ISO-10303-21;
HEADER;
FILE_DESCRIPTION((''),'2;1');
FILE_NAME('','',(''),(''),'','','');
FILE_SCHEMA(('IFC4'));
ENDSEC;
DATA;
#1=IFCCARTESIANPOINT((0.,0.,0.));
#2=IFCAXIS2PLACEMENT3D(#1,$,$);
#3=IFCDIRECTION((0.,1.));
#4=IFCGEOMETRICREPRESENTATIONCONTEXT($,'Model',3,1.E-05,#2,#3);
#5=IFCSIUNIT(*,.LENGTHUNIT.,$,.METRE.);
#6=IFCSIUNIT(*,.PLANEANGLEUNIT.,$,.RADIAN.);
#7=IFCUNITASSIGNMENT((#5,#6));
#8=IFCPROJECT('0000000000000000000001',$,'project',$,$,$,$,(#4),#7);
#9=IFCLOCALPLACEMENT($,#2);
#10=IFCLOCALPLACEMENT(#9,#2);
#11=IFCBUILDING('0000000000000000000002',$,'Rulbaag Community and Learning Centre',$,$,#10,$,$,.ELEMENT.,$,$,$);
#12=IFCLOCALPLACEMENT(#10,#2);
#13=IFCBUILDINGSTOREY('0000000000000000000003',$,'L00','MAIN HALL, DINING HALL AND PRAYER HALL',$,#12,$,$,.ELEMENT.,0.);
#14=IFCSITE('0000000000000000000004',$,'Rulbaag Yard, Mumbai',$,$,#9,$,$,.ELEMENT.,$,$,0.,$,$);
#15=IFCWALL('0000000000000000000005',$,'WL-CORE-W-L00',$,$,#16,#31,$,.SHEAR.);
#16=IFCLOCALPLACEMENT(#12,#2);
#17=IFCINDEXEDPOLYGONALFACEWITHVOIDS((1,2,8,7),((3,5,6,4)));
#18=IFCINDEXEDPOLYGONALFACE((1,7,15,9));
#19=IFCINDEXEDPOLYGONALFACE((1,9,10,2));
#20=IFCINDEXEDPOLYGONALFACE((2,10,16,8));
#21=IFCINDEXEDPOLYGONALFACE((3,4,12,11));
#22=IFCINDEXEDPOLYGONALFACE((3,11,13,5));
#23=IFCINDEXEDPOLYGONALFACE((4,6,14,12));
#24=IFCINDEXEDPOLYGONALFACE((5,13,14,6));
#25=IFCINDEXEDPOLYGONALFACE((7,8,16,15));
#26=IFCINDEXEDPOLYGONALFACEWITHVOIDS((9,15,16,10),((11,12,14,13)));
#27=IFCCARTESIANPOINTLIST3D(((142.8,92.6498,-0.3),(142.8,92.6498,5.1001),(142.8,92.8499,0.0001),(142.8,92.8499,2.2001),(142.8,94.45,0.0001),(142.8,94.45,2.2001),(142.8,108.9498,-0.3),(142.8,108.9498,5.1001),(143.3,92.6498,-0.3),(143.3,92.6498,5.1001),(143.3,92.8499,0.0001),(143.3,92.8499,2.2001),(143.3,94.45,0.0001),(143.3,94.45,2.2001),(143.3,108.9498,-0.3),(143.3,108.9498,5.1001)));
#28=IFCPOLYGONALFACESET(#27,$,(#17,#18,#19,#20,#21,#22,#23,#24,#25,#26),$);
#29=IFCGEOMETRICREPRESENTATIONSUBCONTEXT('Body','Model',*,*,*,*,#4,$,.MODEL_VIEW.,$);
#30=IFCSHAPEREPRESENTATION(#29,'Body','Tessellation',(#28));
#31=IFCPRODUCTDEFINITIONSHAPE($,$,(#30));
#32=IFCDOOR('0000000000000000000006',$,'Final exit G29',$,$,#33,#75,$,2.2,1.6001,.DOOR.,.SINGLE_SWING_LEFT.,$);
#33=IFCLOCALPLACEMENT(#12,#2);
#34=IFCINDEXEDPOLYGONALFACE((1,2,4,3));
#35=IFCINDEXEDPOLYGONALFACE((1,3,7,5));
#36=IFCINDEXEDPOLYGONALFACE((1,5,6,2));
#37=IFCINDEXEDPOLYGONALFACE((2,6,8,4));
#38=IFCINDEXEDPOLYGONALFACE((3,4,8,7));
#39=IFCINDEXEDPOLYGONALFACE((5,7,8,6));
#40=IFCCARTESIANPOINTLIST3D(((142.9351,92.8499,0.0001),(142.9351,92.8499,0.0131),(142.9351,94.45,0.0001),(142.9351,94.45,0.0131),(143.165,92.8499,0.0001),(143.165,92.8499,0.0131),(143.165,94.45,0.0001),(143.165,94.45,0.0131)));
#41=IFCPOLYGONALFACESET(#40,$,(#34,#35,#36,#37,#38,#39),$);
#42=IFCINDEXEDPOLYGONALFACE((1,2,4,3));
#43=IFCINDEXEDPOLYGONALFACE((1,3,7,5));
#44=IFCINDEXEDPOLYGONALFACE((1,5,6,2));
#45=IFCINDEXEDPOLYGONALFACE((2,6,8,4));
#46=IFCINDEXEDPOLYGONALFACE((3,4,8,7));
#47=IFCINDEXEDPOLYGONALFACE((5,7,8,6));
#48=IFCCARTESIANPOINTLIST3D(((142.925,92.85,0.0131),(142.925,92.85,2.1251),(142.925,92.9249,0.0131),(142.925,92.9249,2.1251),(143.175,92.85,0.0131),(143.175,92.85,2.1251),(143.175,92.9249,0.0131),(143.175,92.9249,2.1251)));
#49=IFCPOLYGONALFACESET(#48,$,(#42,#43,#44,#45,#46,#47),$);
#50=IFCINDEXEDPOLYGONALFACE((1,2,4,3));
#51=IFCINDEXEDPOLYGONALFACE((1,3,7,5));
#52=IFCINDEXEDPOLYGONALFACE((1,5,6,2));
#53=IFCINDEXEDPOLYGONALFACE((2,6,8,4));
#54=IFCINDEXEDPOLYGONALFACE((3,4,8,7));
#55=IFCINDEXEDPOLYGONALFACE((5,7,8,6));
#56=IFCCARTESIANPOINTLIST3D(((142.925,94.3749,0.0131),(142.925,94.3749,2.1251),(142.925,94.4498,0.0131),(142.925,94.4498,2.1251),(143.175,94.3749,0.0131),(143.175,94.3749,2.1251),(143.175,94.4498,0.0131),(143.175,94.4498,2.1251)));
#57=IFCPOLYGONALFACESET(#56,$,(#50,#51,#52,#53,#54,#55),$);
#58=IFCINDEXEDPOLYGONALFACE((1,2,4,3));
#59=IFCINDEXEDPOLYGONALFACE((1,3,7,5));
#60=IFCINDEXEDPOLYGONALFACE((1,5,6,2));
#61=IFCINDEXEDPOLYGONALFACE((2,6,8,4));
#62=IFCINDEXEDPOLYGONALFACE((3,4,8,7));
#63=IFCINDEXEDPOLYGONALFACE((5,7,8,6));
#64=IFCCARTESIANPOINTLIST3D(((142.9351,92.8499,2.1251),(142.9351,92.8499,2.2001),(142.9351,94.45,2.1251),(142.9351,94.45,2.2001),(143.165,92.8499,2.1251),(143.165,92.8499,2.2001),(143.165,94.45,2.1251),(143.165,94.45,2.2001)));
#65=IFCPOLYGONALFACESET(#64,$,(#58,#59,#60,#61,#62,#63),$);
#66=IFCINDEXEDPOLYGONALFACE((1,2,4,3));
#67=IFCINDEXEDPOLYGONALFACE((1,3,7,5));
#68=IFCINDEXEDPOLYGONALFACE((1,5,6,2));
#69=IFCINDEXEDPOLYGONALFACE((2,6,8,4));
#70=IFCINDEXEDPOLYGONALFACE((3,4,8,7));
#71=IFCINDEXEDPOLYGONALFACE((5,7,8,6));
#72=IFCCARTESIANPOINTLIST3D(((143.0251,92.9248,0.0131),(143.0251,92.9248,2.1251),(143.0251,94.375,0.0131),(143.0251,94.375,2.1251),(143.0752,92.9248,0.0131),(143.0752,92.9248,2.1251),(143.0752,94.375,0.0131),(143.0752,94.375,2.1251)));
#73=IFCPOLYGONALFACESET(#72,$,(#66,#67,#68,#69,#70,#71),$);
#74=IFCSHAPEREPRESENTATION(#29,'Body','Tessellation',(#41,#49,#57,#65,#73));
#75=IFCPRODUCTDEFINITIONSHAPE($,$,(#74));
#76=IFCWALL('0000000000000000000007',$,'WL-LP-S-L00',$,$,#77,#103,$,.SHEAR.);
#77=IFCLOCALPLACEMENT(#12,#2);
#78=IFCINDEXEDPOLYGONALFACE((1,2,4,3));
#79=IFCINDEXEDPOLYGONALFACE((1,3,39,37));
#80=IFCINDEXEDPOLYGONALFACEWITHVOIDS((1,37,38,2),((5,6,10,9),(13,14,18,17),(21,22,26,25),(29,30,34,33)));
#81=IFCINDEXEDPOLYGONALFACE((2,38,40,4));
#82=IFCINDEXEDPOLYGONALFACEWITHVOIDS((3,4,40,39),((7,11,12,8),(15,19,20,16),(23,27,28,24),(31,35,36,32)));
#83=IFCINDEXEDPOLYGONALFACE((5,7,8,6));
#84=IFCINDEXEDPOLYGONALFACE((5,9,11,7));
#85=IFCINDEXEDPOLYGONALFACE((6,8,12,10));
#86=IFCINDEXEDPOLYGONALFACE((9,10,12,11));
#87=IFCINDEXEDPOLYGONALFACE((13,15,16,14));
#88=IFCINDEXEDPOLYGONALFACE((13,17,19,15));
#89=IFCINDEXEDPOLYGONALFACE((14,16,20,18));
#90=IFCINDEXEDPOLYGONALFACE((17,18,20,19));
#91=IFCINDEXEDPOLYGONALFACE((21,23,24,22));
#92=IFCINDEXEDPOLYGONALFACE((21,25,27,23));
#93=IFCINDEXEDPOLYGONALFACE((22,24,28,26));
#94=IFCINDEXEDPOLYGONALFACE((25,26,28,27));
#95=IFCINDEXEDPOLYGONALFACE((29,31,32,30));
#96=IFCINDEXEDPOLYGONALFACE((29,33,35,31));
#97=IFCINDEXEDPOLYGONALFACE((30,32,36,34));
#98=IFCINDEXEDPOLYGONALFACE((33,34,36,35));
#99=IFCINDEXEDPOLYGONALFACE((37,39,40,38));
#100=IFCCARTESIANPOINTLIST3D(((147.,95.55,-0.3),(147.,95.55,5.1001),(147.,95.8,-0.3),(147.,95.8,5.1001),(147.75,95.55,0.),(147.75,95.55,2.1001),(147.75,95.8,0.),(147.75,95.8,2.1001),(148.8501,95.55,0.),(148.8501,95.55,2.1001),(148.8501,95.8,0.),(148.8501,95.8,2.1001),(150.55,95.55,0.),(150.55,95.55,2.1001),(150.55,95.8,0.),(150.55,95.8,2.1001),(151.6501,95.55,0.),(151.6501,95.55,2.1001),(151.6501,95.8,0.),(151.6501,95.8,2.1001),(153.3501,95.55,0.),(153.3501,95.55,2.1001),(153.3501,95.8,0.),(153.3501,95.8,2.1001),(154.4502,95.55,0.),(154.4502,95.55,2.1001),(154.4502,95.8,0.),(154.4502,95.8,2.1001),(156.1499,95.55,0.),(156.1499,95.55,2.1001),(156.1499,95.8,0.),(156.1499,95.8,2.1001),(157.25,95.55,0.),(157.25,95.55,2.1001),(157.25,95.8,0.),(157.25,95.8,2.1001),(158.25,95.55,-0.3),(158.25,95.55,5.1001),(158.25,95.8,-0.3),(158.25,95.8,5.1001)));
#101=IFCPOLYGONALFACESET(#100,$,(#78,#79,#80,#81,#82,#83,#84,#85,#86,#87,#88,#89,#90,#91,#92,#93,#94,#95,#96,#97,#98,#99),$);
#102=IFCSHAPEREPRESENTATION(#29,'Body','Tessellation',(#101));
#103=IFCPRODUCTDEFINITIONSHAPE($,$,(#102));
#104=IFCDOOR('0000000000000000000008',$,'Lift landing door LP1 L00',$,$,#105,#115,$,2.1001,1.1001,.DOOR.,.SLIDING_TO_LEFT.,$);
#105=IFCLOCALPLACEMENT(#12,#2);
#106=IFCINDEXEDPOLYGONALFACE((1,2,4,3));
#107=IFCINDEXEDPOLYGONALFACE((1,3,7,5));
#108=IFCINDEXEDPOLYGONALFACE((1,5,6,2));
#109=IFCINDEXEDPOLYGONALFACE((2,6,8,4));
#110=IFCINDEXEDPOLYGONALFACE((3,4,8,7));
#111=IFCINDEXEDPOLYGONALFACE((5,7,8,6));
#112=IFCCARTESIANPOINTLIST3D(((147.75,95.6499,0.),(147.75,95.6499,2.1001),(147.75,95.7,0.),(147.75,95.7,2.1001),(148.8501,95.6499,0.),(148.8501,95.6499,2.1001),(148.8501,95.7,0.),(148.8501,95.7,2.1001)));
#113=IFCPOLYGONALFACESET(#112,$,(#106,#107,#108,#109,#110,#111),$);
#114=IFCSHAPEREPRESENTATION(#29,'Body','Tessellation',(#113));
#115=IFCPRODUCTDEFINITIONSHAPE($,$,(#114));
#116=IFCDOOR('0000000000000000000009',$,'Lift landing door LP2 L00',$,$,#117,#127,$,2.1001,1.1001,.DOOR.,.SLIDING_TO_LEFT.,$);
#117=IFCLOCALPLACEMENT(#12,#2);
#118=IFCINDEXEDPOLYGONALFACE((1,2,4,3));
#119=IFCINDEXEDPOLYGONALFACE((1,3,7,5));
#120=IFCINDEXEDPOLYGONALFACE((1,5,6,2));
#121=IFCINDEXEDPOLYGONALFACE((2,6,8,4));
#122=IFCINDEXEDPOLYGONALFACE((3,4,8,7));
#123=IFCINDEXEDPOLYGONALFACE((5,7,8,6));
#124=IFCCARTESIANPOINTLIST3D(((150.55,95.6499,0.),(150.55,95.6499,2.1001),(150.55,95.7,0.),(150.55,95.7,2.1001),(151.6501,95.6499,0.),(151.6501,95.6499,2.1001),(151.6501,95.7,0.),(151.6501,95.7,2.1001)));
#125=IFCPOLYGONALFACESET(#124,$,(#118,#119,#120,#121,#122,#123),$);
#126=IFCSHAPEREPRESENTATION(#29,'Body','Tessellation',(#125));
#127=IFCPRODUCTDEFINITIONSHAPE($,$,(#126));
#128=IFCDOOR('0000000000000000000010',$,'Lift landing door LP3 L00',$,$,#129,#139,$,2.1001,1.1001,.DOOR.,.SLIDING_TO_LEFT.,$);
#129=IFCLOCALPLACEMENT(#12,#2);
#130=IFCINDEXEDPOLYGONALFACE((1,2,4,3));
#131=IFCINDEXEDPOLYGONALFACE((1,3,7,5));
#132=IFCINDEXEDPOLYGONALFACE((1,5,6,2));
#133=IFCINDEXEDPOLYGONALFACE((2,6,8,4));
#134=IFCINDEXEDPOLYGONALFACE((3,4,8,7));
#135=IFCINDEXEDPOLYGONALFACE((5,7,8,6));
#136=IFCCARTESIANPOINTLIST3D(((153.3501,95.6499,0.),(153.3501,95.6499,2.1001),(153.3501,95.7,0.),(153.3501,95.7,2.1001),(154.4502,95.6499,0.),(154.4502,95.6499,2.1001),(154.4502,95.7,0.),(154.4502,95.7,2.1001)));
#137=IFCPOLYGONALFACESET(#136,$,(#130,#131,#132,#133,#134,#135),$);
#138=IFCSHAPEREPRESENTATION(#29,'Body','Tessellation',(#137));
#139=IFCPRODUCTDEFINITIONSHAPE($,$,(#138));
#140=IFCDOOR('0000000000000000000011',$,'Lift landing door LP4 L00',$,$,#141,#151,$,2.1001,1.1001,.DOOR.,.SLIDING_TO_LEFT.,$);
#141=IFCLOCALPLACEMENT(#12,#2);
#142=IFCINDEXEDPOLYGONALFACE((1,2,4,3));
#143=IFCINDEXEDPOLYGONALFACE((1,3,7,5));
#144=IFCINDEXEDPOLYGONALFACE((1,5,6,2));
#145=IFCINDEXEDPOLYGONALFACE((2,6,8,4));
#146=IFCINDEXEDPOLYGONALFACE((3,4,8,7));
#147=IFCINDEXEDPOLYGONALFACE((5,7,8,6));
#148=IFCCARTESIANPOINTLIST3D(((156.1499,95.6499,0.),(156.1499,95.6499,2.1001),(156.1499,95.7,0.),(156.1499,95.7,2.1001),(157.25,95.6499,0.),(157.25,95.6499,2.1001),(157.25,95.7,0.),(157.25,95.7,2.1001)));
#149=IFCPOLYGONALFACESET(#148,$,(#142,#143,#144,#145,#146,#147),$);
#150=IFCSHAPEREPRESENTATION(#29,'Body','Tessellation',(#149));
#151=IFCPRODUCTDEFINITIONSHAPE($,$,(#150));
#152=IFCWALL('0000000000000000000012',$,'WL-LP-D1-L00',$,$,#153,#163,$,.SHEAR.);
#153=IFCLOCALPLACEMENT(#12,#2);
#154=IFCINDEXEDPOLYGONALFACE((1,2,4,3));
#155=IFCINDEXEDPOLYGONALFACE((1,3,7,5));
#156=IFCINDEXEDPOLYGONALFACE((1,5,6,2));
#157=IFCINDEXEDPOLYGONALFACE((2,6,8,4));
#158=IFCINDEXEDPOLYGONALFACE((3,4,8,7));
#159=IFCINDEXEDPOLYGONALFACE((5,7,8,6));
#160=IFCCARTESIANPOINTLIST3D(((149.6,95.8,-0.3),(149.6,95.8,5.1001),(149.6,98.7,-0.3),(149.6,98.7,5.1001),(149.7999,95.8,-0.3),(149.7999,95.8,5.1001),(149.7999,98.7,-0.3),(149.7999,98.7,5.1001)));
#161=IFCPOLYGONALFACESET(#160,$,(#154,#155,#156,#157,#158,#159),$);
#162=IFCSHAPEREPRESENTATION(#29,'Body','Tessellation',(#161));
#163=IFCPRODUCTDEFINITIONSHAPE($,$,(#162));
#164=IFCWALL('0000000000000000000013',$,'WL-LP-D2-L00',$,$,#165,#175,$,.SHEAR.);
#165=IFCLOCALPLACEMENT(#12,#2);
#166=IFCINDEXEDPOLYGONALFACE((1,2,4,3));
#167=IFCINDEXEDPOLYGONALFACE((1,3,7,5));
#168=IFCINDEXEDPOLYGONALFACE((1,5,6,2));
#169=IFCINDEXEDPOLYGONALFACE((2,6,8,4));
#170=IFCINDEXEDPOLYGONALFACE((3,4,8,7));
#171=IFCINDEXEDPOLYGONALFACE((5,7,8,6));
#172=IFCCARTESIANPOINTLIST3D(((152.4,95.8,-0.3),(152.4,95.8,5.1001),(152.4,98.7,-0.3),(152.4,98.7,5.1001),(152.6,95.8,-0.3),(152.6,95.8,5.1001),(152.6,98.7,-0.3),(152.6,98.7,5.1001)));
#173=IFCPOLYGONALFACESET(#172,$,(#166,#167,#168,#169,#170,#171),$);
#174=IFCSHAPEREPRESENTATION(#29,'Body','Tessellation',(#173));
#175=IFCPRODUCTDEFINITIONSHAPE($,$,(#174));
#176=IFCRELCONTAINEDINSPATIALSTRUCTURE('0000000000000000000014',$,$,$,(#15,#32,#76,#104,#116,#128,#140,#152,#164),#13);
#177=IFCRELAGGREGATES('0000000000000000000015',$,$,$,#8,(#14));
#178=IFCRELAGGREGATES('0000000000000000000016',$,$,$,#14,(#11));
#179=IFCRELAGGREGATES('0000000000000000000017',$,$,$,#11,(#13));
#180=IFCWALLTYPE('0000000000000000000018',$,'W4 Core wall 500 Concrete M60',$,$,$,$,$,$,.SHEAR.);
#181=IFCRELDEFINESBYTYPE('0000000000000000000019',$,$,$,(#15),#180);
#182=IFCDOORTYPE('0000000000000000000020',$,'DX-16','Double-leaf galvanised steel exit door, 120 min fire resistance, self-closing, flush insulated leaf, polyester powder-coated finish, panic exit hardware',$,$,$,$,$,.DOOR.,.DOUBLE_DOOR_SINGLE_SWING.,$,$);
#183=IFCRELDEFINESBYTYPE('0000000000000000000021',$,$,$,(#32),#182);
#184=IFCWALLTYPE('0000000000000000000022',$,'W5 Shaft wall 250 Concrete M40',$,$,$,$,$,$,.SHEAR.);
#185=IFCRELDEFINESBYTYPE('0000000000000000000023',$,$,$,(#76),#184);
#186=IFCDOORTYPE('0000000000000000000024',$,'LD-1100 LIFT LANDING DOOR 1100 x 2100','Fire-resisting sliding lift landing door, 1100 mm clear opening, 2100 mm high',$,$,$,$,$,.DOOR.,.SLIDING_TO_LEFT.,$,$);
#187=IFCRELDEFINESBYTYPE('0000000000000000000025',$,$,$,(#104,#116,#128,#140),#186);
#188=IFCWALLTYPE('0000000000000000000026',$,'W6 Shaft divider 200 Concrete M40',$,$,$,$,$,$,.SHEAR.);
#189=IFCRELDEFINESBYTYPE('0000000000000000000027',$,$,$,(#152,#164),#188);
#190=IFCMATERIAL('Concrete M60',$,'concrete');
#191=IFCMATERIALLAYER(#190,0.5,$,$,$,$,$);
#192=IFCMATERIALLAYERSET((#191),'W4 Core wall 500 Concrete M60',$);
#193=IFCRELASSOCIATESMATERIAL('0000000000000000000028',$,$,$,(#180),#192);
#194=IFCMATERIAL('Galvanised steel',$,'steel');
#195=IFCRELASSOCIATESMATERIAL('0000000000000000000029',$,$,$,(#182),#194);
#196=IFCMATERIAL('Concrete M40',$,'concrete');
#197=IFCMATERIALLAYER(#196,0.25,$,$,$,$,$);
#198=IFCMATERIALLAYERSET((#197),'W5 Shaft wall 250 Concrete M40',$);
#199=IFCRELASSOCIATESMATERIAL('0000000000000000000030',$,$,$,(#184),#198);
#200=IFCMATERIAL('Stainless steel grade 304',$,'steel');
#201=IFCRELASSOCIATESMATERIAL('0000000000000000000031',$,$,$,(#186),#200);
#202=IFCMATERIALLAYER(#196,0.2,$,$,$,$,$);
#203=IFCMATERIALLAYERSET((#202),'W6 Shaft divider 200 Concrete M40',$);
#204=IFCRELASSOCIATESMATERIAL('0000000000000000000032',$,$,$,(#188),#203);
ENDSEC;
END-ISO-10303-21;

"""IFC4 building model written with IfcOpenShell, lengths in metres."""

from ifc_helpers import new_model, si_unit, direction, frame, frame_2d, origin, place, context, subcontext, project, spatial, rectangle, extrude, material, layer, layer_set, type_object, element, fill, save


model = new_model("IFC4")

# Units and contexts
model_context = context("Model", 3, precision=1e-05, world=origin(), true_north=direction((0.0, 1.0)))
body_context = subcontext(model_context, "Body", "Model", "MODEL_VIEW")
ifc_project = project(units=[si_unit("LENGTHUNIT", "METRE"), si_unit("PLANEANGLEUNIT", "RADIAN")], contexts=[model_context])

# Site, building, storey
site_placement = place(None, origin())
site = spatial("IfcSite", under=ifc_project, at=site_placement, Name="Rulbaag Yard, Mumbai", CompositionType="ELEMENT", RefElevation=0.0)
building_placement = place(site_placement, origin())
building = spatial("IfcBuilding", under=site, at=building_placement, Name="Rulbaag Community and Learning Centre", CompositionType="ELEMENT")
storey_placement = place(building_placement, origin())
storey = spatial("IfcBuildingStorey", under=building, at=storey_placement, Name="L00", Description="MAIN HALL, DINING HALL AND PRAYER HALL", CompositionType="ELEMENT", Elevation=0.0)

# Wall, opening, door
ifc_material_1 = material(Name="Concrete M60", Category="concrete")
ifc_layer_1 = layer(ifc_material_1, 0.5)
ifc_layer_set_1 = layer_set([ifc_layer_1], Name="W4 Core wall 500 Concrete M60")
wall_type_1 = type_object("IfcWallType", Name="W4 Core wall 500 Concrete M60", PredefinedType="SHEAR", material=ifc_layer_set_1)
wall_1_placement = place(storey_placement, frame((143.05, 92.6499, -0.3), z_axis=(0.0, 0.0, 1.0), x_axis=(0.0, 1.0, 0.0)))
wall_1 = element("IfcWall", 1, at=wall_1_placement, inside=storey, type_object=wall_type_1, Name="WL-CORE-W-L00", PredefinedType="SHEAR", context=body_context, shape_type="SweptSolid", body=[
    extrude(rectangle(XDim=16.3, YDim=0.5, at=frame_2d((8.1499, 0.0))), origin(), (0.0, 0.0, 1.0), 5.4001),
])
opening_1_placement = place(wall_1_placement, frame((0.2, 0.0, 0.3)))
opening_1 = element("IfcOpeningElement", 2, at=opening_1_placement, cuts=wall_1, PredefinedType="OPENING", context=body_context, shape_type="SweptSolid", body=[
    extrude(rectangle(XDim=1.6001, YDim=2.2, at=frame_2d((0.8, 1.1001))), frame((0.0, 0.26, 0.0), z_axis=(0.0, -1.0, 0.0), x_axis=(1.0, 0.0, 0.0)), (0.0, 0.0, 1.0), 0.52),
])
ifc_material_2 = material(Name="Galvanised steel", Category="steel")
door_type_1 = type_object("IfcDoorType", Name="DX-16", Description="Double-leaf galvanised steel exit door, 120 min fire resistance, self-closing, flush insulated leaf, polyester powder-coated finish, panic exit hardware", OperationType="DOUBLE_DOOR_SINGLE_SWING", PredefinedType="DOOR", material=ifc_material_2)
door_1_placement = place(opening_1_placement, origin())
door_1 = element("IfcDoor", 3, at=door_1_placement, inside=storey, type_object=door_type_1, Name="Final exit G29", OperationType="SINGLE_SWING_LEFT", OverallHeight=2.2, OverallWidth=1.6001, PredefinedType="DOOR", context=body_context, shape_type="SweptSolid", body=[
    extrude(rectangle(XDim=1.6001, YDim=0.0129, at=frame_2d((0.8, 0.0066))), frame((0.0, 0.115, 0.0), z_axis=(0.0, -1.0, 0.0), x_axis=(1.0, 0.0, 0.0)), (0.0, 0.0, 1.0), 0.23),
    extrude(rectangle(XDim=0.075, YDim=2.1121, at=frame_2d((0.0376, 1.0691))), frame((0.0, 0.125, 0.0), z_axis=(0.0, -1.0, 0.0), x_axis=(1.0, 0.0, 0.0)), (0.0, 0.0, 1.0), 0.25),
    extrude(rectangle(XDim=0.075, YDim=2.1121, at=frame_2d((1.5625, 1.0691))), frame((0.0, 0.125, 0.0), z_axis=(0.0, -1.0, 0.0), x_axis=(1.0, 0.0, 0.0)), (0.0, 0.0, 1.0), 0.25),
    extrude(rectangle(XDim=1.6001, YDim=0.075, at=frame_2d((0.8, 2.1626))), frame((0.0, 0.115, 0.0), z_axis=(0.0, -1.0, 0.0), x_axis=(1.0, 0.0, 0.0)), (0.0, 0.0, 1.0), 0.23),
    extrude(rectangle(XDim=1.4502, YDim=2.1121, at=frame_2d((0.8, 1.0691))), frame((0.0, 0.0249, 0.0), z_axis=(0.0, -1.0, 0.0), x_axis=(1.0, 0.0, 0.0)), (0.0, 0.0, 1.0), 0.05),
])
fill(opening_1, door_1)

# Wall, openings, doors
ifc_material_3 = material(Name="Concrete M40", Category="concrete")
ifc_layer_2 = layer(ifc_material_3, 0.25)
ifc_layer_set_2 = layer_set([ifc_layer_2], Name="W5 Shaft wall 250 Concrete M40")
wall_type_2 = type_object("IfcWallType", Name="W5 Shaft wall 250 Concrete M40", PredefinedType="SHEAR", material=ifc_layer_set_2)
wall_2_placement = place(storey_placement, frame((147.0, 95.675, -0.3), z_axis=(0.0, 0.0, 1.0), x_axis=(1.0, 0.0, 0.0)))
wall_2 = element("IfcWall", 4, at=wall_2_placement, inside=storey, type_object=wall_type_2, Name="WL-LP-S-L00", PredefinedType="SHEAR", context=body_context, shape_type="SweptSolid", body=[
    extrude(rectangle(XDim=11.25, YDim=0.25, at=frame_2d((5.625, 0.0))), origin(), (0.0, 0.0, 1.0), 5.4001),
])
opening_2_placement = place(wall_2_placement, frame((0.75, 0.0, 0.3)))
opening_2 = element("IfcOpeningElement", 5, at=opening_2_placement, cuts=wall_2, PredefinedType="OPENING", context=body_context, shape_type="SweptSolid", body=[
    extrude(rectangle(XDim=1.1001, YDim=2.1001, at=frame_2d((0.55, 1.05))), frame((0.0, 0.135, 0.0), z_axis=(0.0, -1.0, 0.0), x_axis=(1.0, 0.0, 0.0)), (0.0, 0.0, 1.0), 0.27),
])
opening_3_placement = place(wall_2_placement, frame((3.55, 0.0, 0.3)))
opening_3 = element("IfcOpeningElement", 6, at=opening_3_placement, cuts=wall_2, PredefinedType="OPENING", context=body_context, shape_type="SweptSolid", body=[
    extrude(rectangle(XDim=1.1001, YDim=2.1001, at=frame_2d((0.55, 1.05))), frame((0.0, 0.135, 0.0), z_axis=(0.0, -1.0, 0.0), x_axis=(1.0, 0.0, 0.0)), (0.0, 0.0, 1.0), 0.27),
])
opening_4_placement = place(wall_2_placement, frame((6.3501, 0.0, 0.3)))
opening_4 = element("IfcOpeningElement", 7, at=opening_4_placement, cuts=wall_2, PredefinedType="OPENING", context=body_context, shape_type="SweptSolid", body=[
    extrude(rectangle(XDim=1.1001, YDim=2.1001, at=frame_2d((0.55, 1.05))), frame((0.0, 0.135, 0.0), z_axis=(0.0, -1.0, 0.0), x_axis=(1.0, 0.0, 0.0)), (0.0, 0.0, 1.0), 0.27),
])
opening_5_placement = place(wall_2_placement, frame((9.1499, 0.0, 0.3)))
opening_5 = element("IfcOpeningElement", 8, at=opening_5_placement, cuts=wall_2, PredefinedType="OPENING", context=body_context, shape_type="SweptSolid", body=[
    extrude(rectangle(XDim=1.1001, YDim=2.1001, at=frame_2d((0.55, 1.05))), frame((0.0, 0.135, 0.0), z_axis=(0.0, -1.0, 0.0), x_axis=(1.0, 0.0, 0.0)), (0.0, 0.0, 1.0), 0.27),
])
ifc_material_4 = material(Name="Stainless steel grade 304", Category="steel")
door_type_2 = type_object("IfcDoorType", Name="LD-1100 LIFT LANDING DOOR 1100 x 2100", Description="Fire-resisting sliding lift landing door, 1100 mm clear opening, 2100 mm high", OperationType="SLIDING_TO_LEFT", PredefinedType="DOOR", material=ifc_material_4)
door_2_placement = place(opening_2_placement, origin())
door_2 = element("IfcDoor", 9, at=door_2_placement, inside=storey, type_object=door_type_2, Name="Lift landing door LP1 L00", OperationType="SLIDING_TO_LEFT", OverallHeight=2.1001, OverallWidth=1.1001, PredefinedType="DOOR", context=body_context, shape_type="SweptSolid", body=[
    extrude(rectangle(XDim=1.1001, YDim=2.1001, at=frame_2d((0.55, 1.05))), frame((0.0, 0.0249, 0.0), z_axis=(0.0, -1.0, 0.0), x_axis=(1.0, 0.0, 0.0)), (0.0, 0.0, 1.0), 0.05),
])
fill(opening_2, door_2)
door_3_placement = place(opening_3_placement, origin())
door_3 = element("IfcDoor", 10, at=door_3_placement, inside=storey, type_object=door_type_2, Name="Lift landing door LP2 L00", OperationType="SLIDING_TO_LEFT", OverallHeight=2.1001, OverallWidth=1.1001, PredefinedType="DOOR", context=body_context, shape_type="SweptSolid", body=[
    extrude(rectangle(XDim=1.1001, YDim=2.1001, at=frame_2d((0.55, 1.05))), frame((0.0, 0.0249, 0.0), z_axis=(0.0, -1.0, 0.0), x_axis=(1.0, 0.0, 0.0)), (0.0, 0.0, 1.0), 0.05),
])
fill(opening_3, door_3)
door_4_placement = place(opening_4_placement, origin())
door_4 = element("IfcDoor", 11, at=door_4_placement, inside=storey, type_object=door_type_2, Name="Lift landing door LP3 L00", OperationType="SLIDING_TO_LEFT", OverallHeight=2.1001, OverallWidth=1.1001, PredefinedType="DOOR", context=body_context, shape_type="SweptSolid", body=[
    extrude(rectangle(XDim=1.1001, YDim=2.1001, at=frame_2d((0.55, 1.05))), frame((0.0, 0.0249, 0.0), z_axis=(0.0, -1.0, 0.0), x_axis=(1.0, 0.0, 0.0)), (0.0, 0.0, 1.0), 0.05),
])
fill(opening_4, door_4)
door_5_placement = place(opening_5_placement, origin())
door_5 = element("IfcDoor", 12, at=door_5_placement, inside=storey, type_object=door_type_2, Name="Lift landing door LP4 L00", OperationType="SLIDING_TO_LEFT", OverallHeight=2.1001, OverallWidth=1.1001, PredefinedType="DOOR", context=body_context, shape_type="SweptSolid", body=[
    extrude(rectangle(XDim=1.1001, YDim=2.1001, at=frame_2d((0.55, 1.05))), frame((0.0, 0.0249, 0.0), z_axis=(0.0, -1.0, 0.0), x_axis=(1.0, 0.0, 0.0)), (0.0, 0.0, 1.0), 0.05),
])
fill(opening_5, door_5)

# Walls
ifc_layer_3 = layer(ifc_material_3, 0.2)
ifc_layer_set_3 = layer_set([ifc_layer_3], Name="W6 Shaft divider 200 Concrete M40")
wall_type_3 = type_object("IfcWallType", Name="W6 Shaft divider 200 Concrete M40", PredefinedType="SHEAR", material=ifc_layer_set_3)
for number, where, z_axis, x_axis, name in (
    (13, (149.7, 95.8, -0.3), (0.0, 0.0, 1.0), (0.0, 1.0, 0.0), "WL-LP-D1-L00"),
    (14, (152.5, 95.8, -0.3), (0.0, 0.0, 1.0), (0.0, 1.0, 0.0), "WL-LP-D2-L00"),
):
    element("IfcWall", number, at=place(storey_placement, frame(where, z_axis=z_axis, x_axis=x_axis)), inside=storey, type_object=wall_type_3, Name=name, PredefinedType="SHEAR", context=body_context, shape_type="SweptSolid", body=[
        extrude(rectangle(XDim=2.8999, YDim=0.2, at=frame_2d((1.45, 0.0))), origin(), (0.0, 0.0, 1.0), 5.4001),
    ])

save(model, "model.ifc")
